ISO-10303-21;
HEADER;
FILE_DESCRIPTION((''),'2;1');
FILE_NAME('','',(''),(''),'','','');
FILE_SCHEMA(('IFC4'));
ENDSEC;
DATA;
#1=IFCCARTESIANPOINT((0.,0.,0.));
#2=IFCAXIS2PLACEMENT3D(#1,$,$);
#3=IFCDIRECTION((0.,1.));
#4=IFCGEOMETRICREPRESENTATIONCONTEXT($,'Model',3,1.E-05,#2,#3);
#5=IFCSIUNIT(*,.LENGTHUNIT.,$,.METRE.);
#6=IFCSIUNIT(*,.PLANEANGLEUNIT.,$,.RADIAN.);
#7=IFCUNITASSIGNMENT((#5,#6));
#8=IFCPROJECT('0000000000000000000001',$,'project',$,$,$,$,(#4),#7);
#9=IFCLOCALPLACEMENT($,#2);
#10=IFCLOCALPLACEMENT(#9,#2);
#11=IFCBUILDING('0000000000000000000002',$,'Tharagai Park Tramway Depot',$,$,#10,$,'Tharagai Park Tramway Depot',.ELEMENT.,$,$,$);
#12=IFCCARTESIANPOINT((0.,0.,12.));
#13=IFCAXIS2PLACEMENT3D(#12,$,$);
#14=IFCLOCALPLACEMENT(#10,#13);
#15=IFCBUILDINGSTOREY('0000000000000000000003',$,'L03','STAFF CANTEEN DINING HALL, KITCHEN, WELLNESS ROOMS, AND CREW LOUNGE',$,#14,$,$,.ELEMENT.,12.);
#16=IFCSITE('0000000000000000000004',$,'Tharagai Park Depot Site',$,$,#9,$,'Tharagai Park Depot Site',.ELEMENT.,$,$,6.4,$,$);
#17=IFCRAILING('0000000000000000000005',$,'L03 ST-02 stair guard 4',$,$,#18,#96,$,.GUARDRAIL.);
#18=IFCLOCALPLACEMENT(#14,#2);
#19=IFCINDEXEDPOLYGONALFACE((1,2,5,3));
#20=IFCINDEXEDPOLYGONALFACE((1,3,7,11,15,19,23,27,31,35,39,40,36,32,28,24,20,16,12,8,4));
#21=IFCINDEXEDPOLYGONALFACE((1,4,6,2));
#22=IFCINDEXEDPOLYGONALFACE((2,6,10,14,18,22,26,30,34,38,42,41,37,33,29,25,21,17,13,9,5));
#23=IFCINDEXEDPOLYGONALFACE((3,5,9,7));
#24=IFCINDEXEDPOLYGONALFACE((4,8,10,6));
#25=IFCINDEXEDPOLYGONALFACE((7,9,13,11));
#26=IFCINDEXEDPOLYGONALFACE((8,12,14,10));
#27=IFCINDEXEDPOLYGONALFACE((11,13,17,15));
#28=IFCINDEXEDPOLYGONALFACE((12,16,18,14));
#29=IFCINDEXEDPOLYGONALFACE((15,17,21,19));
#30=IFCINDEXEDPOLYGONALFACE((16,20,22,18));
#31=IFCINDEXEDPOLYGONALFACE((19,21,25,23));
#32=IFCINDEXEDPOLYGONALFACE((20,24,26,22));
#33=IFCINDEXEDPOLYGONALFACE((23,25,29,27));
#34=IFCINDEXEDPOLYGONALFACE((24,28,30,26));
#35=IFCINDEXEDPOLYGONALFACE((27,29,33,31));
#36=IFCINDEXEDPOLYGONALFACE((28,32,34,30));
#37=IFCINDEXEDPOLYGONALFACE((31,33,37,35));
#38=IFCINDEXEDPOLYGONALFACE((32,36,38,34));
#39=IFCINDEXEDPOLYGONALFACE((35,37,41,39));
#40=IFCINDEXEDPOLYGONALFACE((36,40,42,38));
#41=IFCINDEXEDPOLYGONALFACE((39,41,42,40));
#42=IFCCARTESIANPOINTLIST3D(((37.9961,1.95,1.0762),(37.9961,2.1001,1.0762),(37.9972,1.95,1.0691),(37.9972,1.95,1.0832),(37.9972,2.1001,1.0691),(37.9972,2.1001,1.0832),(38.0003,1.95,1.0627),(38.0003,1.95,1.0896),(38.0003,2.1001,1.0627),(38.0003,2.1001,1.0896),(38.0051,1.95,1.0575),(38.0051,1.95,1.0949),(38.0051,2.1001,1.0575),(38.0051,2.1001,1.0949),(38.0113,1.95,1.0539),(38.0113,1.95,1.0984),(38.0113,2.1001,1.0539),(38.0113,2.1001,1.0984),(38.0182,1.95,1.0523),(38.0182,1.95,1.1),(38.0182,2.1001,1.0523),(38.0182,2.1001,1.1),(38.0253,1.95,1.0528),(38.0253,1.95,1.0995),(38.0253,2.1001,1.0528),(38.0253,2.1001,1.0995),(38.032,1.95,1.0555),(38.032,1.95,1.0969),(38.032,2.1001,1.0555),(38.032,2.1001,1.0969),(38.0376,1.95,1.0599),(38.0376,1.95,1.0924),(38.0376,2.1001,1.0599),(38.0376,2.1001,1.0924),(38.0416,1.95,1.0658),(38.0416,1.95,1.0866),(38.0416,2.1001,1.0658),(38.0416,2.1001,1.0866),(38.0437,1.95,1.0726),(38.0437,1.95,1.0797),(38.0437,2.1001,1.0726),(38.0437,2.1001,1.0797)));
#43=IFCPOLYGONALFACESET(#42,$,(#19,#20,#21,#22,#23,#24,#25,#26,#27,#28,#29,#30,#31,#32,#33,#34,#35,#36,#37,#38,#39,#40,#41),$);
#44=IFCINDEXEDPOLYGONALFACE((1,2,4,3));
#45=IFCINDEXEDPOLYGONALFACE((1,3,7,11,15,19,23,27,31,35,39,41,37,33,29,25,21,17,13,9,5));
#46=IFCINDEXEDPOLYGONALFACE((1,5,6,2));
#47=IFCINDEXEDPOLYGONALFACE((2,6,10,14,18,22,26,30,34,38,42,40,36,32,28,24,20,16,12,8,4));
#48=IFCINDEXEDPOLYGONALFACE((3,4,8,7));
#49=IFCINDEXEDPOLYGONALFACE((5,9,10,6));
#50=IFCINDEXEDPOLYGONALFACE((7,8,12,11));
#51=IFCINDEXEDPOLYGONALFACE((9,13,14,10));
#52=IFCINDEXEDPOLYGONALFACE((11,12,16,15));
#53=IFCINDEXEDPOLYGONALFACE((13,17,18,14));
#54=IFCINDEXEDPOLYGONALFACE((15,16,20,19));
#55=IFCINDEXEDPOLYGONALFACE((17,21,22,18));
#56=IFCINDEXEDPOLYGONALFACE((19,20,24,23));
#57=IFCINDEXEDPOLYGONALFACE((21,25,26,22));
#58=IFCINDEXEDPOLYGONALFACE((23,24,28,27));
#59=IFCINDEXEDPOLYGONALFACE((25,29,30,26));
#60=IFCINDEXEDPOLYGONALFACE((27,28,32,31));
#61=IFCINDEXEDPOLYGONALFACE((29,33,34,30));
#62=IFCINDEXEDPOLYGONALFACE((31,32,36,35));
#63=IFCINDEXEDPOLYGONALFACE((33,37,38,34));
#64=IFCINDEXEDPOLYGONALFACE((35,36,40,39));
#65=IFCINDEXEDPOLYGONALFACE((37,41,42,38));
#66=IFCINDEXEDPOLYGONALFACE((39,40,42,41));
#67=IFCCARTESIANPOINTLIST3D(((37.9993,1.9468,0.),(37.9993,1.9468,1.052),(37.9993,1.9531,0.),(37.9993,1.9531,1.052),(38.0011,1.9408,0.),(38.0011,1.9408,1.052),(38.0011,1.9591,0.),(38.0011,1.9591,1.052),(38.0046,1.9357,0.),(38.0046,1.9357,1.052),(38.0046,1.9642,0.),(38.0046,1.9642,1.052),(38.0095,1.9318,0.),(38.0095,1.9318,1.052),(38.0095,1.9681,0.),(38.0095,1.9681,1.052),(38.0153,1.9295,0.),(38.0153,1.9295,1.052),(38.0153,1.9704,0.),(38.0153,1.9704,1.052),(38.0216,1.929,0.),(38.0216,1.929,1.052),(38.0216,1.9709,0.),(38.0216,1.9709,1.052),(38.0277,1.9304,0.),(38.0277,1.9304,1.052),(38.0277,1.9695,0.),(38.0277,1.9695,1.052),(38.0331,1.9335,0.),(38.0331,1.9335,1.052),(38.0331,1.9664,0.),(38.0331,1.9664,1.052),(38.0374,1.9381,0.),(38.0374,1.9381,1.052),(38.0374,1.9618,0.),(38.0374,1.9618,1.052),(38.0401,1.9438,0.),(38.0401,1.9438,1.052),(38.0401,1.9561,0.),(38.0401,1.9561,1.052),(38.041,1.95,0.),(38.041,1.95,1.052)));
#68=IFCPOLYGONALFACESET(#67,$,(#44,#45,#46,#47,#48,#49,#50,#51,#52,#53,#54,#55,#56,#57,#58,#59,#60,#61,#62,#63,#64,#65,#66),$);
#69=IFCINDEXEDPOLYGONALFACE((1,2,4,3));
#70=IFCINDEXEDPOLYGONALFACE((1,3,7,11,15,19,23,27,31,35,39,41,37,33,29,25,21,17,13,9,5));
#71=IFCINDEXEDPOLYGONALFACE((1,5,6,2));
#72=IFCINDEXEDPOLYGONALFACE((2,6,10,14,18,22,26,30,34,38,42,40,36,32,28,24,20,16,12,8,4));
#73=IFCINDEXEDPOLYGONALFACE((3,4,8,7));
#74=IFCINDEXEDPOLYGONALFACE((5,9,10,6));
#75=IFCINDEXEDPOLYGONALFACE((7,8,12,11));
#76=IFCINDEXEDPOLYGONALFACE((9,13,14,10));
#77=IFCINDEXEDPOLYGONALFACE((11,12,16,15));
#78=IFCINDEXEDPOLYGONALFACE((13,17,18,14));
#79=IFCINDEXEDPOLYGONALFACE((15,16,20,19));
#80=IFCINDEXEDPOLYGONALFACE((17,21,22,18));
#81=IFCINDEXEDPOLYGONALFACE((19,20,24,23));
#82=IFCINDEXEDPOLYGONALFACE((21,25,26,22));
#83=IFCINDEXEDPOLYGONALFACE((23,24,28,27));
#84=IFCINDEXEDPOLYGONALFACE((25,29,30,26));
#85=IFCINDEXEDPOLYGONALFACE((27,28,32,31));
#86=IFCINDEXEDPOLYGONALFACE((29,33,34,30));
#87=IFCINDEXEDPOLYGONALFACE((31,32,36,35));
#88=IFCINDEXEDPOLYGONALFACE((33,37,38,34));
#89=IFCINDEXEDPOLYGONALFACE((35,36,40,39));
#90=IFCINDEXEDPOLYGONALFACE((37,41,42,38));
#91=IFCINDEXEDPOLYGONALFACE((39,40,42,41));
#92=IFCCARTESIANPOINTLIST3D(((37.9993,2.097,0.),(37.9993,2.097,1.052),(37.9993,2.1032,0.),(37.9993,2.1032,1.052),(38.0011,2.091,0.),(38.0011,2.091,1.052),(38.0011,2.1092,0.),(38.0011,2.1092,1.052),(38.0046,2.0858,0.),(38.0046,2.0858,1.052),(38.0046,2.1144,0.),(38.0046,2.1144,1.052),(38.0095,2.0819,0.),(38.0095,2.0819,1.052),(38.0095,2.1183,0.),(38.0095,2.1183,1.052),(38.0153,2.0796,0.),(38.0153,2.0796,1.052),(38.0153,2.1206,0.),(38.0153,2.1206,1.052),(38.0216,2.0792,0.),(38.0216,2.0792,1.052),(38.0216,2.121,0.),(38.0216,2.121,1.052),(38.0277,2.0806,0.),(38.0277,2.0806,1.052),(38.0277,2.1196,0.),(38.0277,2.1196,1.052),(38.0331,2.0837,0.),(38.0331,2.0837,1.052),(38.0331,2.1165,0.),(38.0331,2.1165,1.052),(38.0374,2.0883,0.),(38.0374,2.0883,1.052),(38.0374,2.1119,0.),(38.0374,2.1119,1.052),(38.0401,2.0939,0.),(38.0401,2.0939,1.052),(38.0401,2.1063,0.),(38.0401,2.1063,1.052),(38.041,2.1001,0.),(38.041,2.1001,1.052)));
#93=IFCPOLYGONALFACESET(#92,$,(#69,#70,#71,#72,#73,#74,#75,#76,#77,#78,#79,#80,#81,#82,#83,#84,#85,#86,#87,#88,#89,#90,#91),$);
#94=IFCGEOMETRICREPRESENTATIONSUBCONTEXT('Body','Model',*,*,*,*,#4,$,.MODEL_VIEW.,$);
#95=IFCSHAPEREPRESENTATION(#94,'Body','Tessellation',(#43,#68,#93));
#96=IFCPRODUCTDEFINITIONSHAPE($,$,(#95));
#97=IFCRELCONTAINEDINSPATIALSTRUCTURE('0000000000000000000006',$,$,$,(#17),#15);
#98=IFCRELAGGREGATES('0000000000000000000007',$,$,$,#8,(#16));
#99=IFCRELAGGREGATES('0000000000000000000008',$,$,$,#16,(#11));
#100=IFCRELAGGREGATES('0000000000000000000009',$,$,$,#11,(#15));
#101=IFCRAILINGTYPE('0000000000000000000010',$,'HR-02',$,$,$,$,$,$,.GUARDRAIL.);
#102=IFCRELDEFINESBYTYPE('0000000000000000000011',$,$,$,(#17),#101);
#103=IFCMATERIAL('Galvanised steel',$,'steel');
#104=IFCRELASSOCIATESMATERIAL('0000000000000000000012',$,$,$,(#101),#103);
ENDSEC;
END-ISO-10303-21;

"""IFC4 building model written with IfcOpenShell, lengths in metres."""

from ifc_helpers import new_model, si_unit, direction, frame, origin, origin_2d, place, context, subcontext, project, spatial, circle, extrude, material, type_object, element, save


model = new_model("IFC4")

# Units and contexts
model_context = context("Model", 3, precision=1e-05, world=origin(), true_north=direction((0.0, 1.0)))
body_context = subcontext(model_context, "Body", "Model", "MODEL_VIEW")
ifc_project = project(units=[si_unit("LENGTHUNIT", "METRE"), si_unit("PLANEANGLEUNIT", "RADIAN")], contexts=[model_context])

# Site, building, storey
site_placement = place(None, origin())
site = spatial("IfcSite", under=ifc_project, at=site_placement, Name="Tharagai Park Depot Site", LongName="Tharagai Park Depot Site", CompositionType="ELEMENT", RefElevation=6.4)
building_placement = place(site_placement, origin())
building = spatial("IfcBuilding", under=site, at=building_placement, Name="Tharagai Park Tramway Depot", LongName="Tharagai Park Tramway Depot", CompositionType="ELEMENT")
storey_placement = place(building_placement, frame((0.0, 0.0, 12.0)))
storey = spatial("IfcBuildingStorey", under=building, at=storey_placement, Name="L03", Description="STAFF CANTEEN DINING HALL, KITCHEN, WELLNESS ROOMS, AND CREW LOUNGE", CompositionType="ELEMENT", Elevation=12.0)

# Railing
ifc_material_1 = material(Name="Galvanised steel", Category="steel")
railing_type_1 = type_object("IfcRailingType", Name="HR-02", PredefinedType="GUARDRAIL", material=ifc_material_1)
railing_1_placement = place(storey_placement, frame((38.02, 1.95, 0.0)))
element("IfcRailing", 1, at=railing_1_placement, inside=storey, type_object=railing_type_1, Name="L03 ST-02 stair guard 4", PredefinedType="GUARDRAIL", context=body_context, shape_type="SweptSolid", body=[
    extrude(circle(Radius=0.0239, at=origin_2d()), frame((0.0, 0.0, 1.0762), z_axis=(0.0, 1.0, 0.0), x_axis=(-1.0, 0.0, 0.0)), (0.0, 0.0, 1.0), 0.1501),
    extrude(circle(Radius=0.021, at=origin_2d()), origin(), (0.0, 0.0, 1.0), 1.052),
    extrude(circle(Radius=0.021, at=origin_2d()), frame((0.0, 0.1501, 0.0)), (0.0, 0.0, 1.0), 1.052),
])

save(model, "model.ifc")
